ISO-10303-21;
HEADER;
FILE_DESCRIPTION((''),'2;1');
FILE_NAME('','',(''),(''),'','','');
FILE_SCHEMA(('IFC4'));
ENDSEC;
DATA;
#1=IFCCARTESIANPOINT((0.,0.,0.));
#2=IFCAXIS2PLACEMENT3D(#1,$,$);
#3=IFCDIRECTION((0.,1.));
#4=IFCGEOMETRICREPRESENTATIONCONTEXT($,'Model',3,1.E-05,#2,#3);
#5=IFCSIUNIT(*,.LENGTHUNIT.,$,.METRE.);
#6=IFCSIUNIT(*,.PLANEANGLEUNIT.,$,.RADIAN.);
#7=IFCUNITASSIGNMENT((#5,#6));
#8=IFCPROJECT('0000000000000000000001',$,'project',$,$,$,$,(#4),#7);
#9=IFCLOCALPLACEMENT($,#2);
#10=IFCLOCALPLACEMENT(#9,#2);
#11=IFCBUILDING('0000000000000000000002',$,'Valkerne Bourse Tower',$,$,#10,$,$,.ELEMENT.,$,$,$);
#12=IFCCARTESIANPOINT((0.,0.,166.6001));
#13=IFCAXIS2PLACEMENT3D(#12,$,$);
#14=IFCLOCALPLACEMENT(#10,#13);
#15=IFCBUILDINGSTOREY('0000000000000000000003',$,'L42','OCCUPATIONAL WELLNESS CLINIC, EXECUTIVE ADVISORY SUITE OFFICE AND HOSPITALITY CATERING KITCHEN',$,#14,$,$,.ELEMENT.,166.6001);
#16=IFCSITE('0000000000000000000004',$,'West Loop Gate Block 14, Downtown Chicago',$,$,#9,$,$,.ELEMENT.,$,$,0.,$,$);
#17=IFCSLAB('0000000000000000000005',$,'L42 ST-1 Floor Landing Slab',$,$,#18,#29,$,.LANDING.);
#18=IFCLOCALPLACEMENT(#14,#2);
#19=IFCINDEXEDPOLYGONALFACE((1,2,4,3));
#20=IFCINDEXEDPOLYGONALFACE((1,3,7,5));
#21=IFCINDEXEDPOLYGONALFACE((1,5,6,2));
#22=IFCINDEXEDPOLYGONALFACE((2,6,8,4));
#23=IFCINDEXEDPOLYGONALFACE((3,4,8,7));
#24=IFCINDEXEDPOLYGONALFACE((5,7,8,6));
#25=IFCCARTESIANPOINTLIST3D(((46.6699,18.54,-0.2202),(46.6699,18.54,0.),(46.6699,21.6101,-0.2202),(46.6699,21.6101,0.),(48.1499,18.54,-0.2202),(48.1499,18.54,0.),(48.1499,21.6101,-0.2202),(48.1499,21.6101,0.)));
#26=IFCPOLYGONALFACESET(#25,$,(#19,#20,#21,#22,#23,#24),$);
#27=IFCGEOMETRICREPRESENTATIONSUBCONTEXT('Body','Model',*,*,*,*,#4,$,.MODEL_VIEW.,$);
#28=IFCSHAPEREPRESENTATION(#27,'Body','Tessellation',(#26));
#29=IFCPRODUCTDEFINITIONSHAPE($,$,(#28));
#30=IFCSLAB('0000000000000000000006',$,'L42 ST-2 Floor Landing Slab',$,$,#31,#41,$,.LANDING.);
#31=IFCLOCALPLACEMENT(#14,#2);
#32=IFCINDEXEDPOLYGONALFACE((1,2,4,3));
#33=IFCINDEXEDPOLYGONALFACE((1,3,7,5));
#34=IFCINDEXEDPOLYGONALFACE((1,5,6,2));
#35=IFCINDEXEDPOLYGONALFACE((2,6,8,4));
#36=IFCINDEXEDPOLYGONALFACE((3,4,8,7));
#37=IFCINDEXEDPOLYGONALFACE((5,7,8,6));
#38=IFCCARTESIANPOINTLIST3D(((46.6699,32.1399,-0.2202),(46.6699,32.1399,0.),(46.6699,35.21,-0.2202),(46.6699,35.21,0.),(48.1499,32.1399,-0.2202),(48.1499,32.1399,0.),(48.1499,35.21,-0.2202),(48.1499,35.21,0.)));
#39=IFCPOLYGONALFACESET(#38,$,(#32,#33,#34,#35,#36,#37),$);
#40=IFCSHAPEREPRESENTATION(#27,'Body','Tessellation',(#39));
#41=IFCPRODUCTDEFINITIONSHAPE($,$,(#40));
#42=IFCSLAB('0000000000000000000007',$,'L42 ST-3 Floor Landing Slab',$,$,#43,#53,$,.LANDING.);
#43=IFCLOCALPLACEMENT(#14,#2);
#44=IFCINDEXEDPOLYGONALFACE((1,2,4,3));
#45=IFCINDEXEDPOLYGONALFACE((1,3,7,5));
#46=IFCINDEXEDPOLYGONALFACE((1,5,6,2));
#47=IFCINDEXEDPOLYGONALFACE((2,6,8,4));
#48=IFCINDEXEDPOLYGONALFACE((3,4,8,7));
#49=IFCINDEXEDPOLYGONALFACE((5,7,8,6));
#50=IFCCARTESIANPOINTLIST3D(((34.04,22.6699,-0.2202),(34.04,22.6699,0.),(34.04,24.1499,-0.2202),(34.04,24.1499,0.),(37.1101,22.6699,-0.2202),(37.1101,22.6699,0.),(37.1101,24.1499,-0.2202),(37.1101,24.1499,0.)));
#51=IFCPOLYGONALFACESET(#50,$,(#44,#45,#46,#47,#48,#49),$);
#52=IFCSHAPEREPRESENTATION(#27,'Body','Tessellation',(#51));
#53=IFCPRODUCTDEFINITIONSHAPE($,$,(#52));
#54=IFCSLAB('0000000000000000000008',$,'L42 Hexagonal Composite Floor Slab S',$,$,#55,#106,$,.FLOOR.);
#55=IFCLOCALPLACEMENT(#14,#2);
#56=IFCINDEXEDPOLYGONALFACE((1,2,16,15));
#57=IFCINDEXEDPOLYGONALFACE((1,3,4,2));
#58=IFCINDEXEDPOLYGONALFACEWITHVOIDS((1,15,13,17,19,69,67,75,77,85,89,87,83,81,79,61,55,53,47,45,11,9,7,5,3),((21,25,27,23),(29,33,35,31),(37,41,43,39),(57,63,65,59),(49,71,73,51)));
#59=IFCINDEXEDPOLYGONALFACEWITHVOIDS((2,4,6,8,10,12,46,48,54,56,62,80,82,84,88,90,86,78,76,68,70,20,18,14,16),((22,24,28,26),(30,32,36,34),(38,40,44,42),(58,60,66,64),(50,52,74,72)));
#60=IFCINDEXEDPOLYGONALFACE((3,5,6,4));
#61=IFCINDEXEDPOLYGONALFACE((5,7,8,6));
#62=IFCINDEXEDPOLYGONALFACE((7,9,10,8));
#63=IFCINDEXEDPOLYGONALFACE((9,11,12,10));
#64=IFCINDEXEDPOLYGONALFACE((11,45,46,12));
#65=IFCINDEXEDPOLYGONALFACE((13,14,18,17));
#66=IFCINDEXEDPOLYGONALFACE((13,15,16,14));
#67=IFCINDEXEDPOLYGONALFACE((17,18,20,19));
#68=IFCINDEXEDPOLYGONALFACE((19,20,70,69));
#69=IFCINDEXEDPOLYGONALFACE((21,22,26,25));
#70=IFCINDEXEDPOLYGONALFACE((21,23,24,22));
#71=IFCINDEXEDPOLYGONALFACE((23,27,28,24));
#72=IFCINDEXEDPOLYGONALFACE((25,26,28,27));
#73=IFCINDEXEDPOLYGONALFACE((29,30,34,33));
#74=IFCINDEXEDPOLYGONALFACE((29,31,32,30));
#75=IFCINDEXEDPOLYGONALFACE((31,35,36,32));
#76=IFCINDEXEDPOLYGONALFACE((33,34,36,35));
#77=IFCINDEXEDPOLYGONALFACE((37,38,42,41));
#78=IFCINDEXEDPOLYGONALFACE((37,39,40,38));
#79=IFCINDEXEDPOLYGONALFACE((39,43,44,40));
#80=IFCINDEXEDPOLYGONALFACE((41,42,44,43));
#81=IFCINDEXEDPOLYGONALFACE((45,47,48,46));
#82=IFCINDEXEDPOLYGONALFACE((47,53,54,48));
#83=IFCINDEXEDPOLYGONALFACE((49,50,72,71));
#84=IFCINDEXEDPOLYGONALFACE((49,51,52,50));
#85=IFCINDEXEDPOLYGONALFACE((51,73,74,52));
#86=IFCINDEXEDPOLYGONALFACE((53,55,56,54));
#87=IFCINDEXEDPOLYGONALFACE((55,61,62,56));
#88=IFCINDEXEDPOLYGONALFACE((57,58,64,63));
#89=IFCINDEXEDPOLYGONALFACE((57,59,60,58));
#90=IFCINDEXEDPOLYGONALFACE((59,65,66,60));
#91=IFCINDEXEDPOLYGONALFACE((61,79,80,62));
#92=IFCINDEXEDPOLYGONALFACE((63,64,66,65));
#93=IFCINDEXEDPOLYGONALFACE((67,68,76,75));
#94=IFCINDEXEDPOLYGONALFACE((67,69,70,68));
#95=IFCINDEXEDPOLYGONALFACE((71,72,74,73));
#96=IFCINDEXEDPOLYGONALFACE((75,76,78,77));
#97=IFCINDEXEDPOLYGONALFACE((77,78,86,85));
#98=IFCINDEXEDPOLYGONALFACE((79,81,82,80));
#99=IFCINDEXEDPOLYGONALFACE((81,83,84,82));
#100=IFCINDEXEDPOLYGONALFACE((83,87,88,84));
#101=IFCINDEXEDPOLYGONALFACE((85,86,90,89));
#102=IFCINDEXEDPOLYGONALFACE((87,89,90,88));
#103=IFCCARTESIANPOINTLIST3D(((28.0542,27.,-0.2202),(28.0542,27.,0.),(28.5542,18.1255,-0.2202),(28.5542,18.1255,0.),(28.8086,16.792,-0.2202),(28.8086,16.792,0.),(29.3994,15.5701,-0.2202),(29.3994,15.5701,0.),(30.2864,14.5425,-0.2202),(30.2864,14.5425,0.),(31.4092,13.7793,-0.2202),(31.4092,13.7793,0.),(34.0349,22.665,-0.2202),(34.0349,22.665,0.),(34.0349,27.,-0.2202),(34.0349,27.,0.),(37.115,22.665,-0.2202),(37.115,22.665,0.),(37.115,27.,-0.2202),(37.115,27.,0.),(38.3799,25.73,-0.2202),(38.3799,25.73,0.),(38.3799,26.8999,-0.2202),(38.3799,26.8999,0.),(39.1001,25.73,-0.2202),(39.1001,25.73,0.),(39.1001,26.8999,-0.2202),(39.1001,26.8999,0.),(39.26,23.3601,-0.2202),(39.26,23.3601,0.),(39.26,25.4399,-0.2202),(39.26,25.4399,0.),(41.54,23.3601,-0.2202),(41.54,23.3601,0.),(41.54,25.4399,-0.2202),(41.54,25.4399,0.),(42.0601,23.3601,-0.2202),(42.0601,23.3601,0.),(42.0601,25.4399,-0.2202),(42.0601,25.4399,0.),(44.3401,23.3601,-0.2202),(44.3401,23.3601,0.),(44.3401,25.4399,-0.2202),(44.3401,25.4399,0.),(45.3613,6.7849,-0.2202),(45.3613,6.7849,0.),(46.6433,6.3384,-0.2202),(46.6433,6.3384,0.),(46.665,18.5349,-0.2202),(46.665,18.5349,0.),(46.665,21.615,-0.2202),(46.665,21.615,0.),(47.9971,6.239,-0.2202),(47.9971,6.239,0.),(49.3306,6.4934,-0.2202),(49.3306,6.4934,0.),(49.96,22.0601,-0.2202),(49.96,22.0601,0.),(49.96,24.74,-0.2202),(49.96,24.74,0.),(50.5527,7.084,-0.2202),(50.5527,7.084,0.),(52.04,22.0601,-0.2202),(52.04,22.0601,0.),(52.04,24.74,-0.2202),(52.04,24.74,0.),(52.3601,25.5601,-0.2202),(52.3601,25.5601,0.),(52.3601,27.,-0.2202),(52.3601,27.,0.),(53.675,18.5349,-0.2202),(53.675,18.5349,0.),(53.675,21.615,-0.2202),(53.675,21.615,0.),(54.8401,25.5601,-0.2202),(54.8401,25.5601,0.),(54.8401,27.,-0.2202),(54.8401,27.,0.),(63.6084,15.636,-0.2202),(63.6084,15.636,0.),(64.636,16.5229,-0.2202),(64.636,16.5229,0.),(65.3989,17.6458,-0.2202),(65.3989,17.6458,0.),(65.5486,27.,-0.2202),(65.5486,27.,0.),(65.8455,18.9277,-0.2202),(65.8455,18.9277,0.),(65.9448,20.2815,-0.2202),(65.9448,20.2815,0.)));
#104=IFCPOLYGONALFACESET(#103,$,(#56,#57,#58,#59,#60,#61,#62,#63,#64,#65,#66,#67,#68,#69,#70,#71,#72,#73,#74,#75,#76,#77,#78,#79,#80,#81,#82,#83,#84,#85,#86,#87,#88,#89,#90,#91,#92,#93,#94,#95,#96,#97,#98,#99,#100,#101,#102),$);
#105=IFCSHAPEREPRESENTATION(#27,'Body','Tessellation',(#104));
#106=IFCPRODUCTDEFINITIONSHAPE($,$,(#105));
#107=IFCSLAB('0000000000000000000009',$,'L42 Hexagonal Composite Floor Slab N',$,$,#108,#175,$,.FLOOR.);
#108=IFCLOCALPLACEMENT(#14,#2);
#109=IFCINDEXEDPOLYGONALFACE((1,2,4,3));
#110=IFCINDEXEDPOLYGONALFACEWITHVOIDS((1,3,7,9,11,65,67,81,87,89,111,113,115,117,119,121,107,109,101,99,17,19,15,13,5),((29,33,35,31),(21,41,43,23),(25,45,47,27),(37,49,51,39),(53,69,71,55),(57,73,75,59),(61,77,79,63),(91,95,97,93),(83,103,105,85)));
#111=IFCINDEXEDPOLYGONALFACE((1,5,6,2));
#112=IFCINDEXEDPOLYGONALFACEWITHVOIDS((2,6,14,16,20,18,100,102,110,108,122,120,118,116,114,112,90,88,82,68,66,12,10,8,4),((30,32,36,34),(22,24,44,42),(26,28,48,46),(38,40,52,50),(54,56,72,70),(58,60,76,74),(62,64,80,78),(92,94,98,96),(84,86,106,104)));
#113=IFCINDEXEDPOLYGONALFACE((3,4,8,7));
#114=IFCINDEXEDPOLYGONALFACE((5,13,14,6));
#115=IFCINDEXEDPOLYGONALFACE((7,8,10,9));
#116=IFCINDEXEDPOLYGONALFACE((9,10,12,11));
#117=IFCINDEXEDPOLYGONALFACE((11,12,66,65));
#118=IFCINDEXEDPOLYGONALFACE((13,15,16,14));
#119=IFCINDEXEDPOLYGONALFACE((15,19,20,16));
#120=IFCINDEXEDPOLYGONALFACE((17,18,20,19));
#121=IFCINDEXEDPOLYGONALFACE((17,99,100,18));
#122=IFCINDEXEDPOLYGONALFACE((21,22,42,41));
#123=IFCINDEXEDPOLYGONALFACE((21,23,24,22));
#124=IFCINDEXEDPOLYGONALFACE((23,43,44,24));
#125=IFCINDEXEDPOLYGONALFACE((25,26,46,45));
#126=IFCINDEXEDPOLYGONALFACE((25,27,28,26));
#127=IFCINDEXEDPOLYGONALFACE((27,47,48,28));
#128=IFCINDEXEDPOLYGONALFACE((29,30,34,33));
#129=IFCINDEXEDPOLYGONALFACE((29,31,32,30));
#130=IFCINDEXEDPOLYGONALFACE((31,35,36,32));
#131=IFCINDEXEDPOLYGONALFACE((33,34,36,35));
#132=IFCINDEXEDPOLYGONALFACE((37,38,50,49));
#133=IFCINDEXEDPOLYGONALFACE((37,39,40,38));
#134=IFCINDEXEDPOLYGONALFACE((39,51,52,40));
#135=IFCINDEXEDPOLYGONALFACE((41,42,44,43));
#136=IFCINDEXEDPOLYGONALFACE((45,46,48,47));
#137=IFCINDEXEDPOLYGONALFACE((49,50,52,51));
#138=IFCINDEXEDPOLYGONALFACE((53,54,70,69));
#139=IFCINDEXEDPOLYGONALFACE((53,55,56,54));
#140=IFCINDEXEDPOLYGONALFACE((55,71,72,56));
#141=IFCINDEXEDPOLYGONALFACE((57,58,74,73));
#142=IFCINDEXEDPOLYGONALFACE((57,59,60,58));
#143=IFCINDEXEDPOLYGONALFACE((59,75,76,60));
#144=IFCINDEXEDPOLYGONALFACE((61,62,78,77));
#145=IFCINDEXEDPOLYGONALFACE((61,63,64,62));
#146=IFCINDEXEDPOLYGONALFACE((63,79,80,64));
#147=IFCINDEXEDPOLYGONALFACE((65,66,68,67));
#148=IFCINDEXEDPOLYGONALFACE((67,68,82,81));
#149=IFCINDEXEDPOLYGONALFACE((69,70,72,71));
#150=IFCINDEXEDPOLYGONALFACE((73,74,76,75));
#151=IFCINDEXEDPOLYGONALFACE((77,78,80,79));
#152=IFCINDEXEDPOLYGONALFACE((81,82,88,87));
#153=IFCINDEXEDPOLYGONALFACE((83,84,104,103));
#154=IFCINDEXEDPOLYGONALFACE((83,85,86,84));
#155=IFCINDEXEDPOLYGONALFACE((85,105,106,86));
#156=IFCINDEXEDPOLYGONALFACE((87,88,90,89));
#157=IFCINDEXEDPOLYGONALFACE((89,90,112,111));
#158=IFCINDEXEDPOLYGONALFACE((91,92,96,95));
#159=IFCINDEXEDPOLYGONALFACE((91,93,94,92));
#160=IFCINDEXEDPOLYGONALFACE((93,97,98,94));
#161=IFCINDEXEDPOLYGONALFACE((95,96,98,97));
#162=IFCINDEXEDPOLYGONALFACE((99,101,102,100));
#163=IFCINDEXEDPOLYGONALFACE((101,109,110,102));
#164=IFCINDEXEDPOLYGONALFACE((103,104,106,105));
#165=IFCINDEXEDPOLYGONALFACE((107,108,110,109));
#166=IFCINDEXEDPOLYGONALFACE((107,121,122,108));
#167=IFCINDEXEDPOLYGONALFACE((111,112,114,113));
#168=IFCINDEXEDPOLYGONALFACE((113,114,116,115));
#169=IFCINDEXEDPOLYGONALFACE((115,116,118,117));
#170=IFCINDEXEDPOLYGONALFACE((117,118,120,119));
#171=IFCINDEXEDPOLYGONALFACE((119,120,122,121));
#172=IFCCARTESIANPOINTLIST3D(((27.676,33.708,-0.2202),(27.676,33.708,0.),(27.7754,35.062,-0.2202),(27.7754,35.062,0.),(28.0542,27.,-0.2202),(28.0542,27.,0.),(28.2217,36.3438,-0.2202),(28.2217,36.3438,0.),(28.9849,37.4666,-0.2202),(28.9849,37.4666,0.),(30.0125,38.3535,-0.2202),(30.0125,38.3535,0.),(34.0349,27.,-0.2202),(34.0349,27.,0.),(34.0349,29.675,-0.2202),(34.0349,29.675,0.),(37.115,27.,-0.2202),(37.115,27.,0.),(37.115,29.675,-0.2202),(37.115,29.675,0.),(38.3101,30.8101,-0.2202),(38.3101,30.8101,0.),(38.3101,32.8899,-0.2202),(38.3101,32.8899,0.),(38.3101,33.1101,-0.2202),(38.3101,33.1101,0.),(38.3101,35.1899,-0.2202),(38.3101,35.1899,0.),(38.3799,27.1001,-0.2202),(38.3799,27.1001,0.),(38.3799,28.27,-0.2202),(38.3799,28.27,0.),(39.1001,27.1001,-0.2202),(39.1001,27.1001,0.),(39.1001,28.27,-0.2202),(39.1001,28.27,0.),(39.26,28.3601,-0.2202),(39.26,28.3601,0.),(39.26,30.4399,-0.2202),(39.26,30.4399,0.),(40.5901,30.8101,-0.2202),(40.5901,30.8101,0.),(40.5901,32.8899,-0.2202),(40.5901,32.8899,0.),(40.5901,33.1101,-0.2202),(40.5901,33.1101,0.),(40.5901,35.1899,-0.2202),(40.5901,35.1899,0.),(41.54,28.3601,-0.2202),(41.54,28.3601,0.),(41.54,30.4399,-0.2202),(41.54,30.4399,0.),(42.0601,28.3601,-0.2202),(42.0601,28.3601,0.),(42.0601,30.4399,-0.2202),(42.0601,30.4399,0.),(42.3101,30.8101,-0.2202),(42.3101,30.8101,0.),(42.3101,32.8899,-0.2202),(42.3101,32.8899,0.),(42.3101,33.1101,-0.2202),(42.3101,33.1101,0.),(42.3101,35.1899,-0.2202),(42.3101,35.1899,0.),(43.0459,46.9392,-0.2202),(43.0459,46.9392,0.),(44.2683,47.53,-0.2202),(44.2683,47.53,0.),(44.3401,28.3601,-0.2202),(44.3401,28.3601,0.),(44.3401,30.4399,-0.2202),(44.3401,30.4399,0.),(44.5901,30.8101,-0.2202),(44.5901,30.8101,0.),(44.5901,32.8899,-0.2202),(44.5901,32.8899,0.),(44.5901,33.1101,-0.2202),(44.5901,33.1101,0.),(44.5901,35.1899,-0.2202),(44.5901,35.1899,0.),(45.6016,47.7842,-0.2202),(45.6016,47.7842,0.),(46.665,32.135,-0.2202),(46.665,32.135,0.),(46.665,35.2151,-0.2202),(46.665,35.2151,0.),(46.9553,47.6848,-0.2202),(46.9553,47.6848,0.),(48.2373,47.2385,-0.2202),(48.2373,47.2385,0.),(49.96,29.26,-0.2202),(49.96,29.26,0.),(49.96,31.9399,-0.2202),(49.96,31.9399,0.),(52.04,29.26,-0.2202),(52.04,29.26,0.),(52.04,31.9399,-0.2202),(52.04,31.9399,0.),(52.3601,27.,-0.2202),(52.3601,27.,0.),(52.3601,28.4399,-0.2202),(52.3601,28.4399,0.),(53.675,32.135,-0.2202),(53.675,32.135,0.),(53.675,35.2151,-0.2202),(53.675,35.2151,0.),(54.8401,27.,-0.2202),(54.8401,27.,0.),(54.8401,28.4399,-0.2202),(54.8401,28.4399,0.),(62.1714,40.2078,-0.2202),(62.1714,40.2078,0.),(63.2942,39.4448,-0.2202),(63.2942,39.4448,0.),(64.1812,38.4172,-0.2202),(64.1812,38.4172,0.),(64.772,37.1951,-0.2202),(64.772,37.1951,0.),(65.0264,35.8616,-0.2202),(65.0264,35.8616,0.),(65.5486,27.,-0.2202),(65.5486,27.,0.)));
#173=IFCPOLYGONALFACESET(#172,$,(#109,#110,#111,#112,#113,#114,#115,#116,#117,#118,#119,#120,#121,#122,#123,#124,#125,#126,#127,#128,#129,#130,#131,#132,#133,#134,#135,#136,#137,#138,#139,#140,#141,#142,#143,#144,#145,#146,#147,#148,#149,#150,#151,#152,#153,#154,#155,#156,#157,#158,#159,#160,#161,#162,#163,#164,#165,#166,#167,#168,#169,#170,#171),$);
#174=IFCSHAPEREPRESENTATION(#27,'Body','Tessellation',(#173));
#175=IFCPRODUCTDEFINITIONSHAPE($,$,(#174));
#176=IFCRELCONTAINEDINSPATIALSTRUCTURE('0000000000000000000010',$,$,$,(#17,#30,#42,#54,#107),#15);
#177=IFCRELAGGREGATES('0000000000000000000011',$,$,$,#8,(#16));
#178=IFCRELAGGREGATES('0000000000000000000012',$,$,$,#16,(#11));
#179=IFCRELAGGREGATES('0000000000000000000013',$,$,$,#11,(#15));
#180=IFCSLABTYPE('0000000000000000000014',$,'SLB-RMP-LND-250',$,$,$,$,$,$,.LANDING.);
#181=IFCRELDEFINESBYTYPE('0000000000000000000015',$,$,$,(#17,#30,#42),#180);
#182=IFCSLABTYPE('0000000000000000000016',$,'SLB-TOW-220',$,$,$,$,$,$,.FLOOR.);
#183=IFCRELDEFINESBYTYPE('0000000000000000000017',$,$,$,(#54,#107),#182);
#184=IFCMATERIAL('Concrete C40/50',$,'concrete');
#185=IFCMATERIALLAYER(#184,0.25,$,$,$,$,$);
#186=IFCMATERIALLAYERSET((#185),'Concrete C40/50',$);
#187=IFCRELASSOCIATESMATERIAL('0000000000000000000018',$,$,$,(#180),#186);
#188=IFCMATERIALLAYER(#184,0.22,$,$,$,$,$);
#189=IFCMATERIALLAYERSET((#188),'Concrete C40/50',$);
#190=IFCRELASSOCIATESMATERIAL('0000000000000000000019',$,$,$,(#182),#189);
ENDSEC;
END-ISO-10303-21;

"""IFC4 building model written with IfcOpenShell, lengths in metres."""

from ifc_helpers import new_model, si_unit, direction, frame, origin, place, context, subcontext, project, spatial, polyline, outline, extrude, material, layer, layer_set, type_object, element, save


model = new_model("IFC4")

# Units and contexts
model_context = context("Model", 3, precision=1e-05, world=origin(), true_north=direction((0.0, 1.0)))
body_context = subcontext(model_context, "Body", "Model", "MODEL_VIEW")
ifc_project = project(units=[si_unit("LENGTHUNIT", "METRE"), si_unit("PLANEANGLEUNIT", "RADIAN")], contexts=[model_context])

# Site, building, storey
site_placement = place(None, origin())
site = spatial("IfcSite", under=ifc_project, at=site_placement, Name="West Loop Gate Block 14, Downtown Chicago", CompositionType="ELEMENT", RefElevation=0.0)
building_placement = place(site_placement, origin())
building = spatial("IfcBuilding", under=site, at=building_placement, Name="Valkerne Bourse Tower", CompositionType="ELEMENT")
storey_placement = place(building_placement, frame((0.0, 0.0, 166.6001)))
storey = spatial("IfcBuildingStorey", under=building, at=storey_placement, Name="L42", Description="OCCUPATIONAL WELLNESS CLINIC, EXECUTIVE ADVISORY SUITE OFFICE AND HOSPITALITY CATERING KITCHEN", CompositionType="ELEMENT", Elevation=166.6001)

# Slabs
ifc_material_1 = material(Name="Concrete C40/50", Category="concrete")
ifc_layer_1 = layer(ifc_material_1, 0.25)
ifc_layer_set_1 = layer_set([ifc_layer_1], Name="Concrete C40/50")
slab_type_1 = type_object("IfcSlabType", Name="SLB-RMP-LND-250", PredefinedType="LANDING", material=ifc_layer_set_1)
slab_1_placement = place(storey_placement, frame((0.0, 0.0, -0.2202)))
element("IfcSlab", 1, at=slab_1_placement, inside=storey, type_object=slab_type_1, Name="L42 ST-1 Floor Landing Slab", PredefinedType="LANDING", context=body_context, shape_type="SweptSolid", body=[
    extrude(outline(polyline([(46.6699, 18.54), (48.1499, 18.54), (48.1499, 21.6101), (46.6699, 21.6101), (46.6699, 18.54)])), origin(), (0.0, 0.0, 1.0), 0.2202),
])
slab_2_placement = place(storey_placement, frame((0.0, 0.0, -0.2202)))
element("IfcSlab", 2, at=slab_2_placement, inside=storey, type_object=slab_type_1, Name="L42 ST-2 Floor Landing Slab", PredefinedType="LANDING", context=body_context, shape_type="SweptSolid", body=[
    extrude(outline(polyline([(46.6699, 32.1399), (48.1499, 32.1399), (48.1499, 35.21), (46.6699, 35.21), (46.6699, 32.1399)])), origin(), (0.0, 0.0, 1.0), 0.2202),
])
slab_3_placement = place(storey_placement, frame((0.0, 0.0, -0.2202)))
element("IfcSlab", 3, at=slab_3_placement, inside=storey, type_object=slab_type_1, Name="L42 ST-3 Floor Landing Slab", PredefinedType="LANDING", context=body_context, shape_type="SweptSolid", body=[
    extrude(outline(polyline([(37.1101, 22.6699), (37.1101, 24.1499), (34.04, 24.1499), (34.04, 22.6699), (37.1101, 22.6699)])), origin(), (0.0, 0.0, 1.0), 0.2202),
])
ifc_layer_2 = layer(ifc_material_1, 0.22)
ifc_layer_set_2 = layer_set([ifc_layer_2], Name="Concrete C40/50")
slab_type_2 = type_object("IfcSlabType", Name="SLB-TOW-220", PredefinedType="FLOOR", material=ifc_layer_set_2)
slab_4_placement = place(storey_placement, frame((0.0, 0.0, -0.2202)))
element("IfcSlab", 4, at=slab_4_placement, inside=storey, type_object=slab_type_2, Name="L42 Hexagonal Composite Floor Slab S", PredefinedType="FLOOR", context=body_context, shape_type="SweptSolid", body=[
    extrude(outline(polyline([(65.8455, 18.9277), (65.3989, 17.6458), (64.636, 16.5229), (63.6084, 15.636), (50.5527, 7.084), (49.3306, 6.4934), (47.9971, 6.239), (46.6433, 6.3384), (45.3613, 6.7849), (31.4092, 13.7793), (30.2864, 14.5425), (29.3994, 15.5701), (28.8086, 16.792), (28.5542, 18.1255), (28.0542, 27.0), (34.0349, 27.0), (34.0349, 22.665), (37.115, 22.665), (37.115, 27.0), (52.3601, 27.0), (52.3601, 25.5601), (54.8401, 25.5601), (54.8401, 27.0), (65.5486, 27.0), (65.9448, 20.2815), (65.8455, 18.9277)]), holes=[polyline([(41.54, 25.4399), (39.26, 25.4399), (39.26, 23.3601), (41.54, 23.3601), (41.54, 25.4399)]), polyline([(44.3401, 25.4399), (42.0601, 25.4399), (42.0601, 23.3601), (44.3401, 23.3601), (44.3401, 25.4399)]), polyline([(39.1001, 26.8999), (38.3799, 26.8999), (38.3799, 25.73), (39.1001, 25.73), (39.1001, 26.8999)]), polyline([(53.675, 21.615), (46.665, 21.615), (46.665, 18.5349), (53.675, 18.5349), (53.675, 21.615)]), polyline([(52.04, 24.74), (49.96, 24.74), (49.96, 22.0601), (52.04, 22.0601), (52.04, 24.74)])]), origin(), (0.0, 0.0, 1.0), 0.2202),
])
slab_5_placement = place(storey_placement, frame((0.0, 0.0, -0.2202)))
element("IfcSlab", 5, at=slab_5_placement, inside=storey, type_object=slab_type_2, Name="L42 Hexagonal Composite Floor Slab N", PredefinedType="FLOOR", context=body_context, shape_type="SweptSolid", body=[
    extrude(outline(polyline([(27.676, 33.708), (27.7754, 35.062), (28.2217, 36.3438), (28.9849, 37.4666), (30.0125, 38.3535), (43.0459, 46.9392), (44.2683, 47.53), (45.6016, 47.7842), (46.9553, 47.6848), (48.2373, 47.2385), (62.1714, 40.2078), (63.2942, 39.4448), (64.1812, 38.4172), (64.772, 37.1951), (65.0264, 35.8616), (65.5486, 27.0), (54.8401, 27.0), (54.8401, 28.4399), (52.3601, 28.4399), (52.3601, 27.0), (37.115, 27.0), (37.115, 29.675), (34.0349, 29.675), (34.0349, 27.0), (28.0542, 27.0), (27.676, 33.708)]), holes=[polyline([(39.1001, 28.27), (38.3799, 28.27), (38.3799, 27.1001), (39.1001, 27.1001), (39.1001, 28.27)]), polyline([(41.54, 30.4399), (39.26, 30.4399), (39.26, 28.3601), (41.54, 28.3601), (41.54, 30.4399)]), polyline([(40.5901, 32.8899), (38.3101, 32.8899), (38.3101, 30.8101), (40.5901, 30.8101), (40.5901, 32.8899)]), polyline([(40.5901, 35.1899), (38.3101, 35.1899), (38.3101, 33.1101), (40.5901, 33.1101), (40.5901, 35.1899)]), polyline([(44.3401, 30.4399), (42.0601, 30.4399), (42.0601, 28.3601), (44.3401, 28.3601), (44.3401, 30.4399)]), polyline([(52.04, 31.9399), (49.96, 31.9399), (49.96, 29.26), (52.04, 29.26), (52.04, 31.9399)]), polyline([(44.5901, 32.8899), (42.3101, 32.8899), (42.3101, 30.8101), (44.5901, 30.8101), (44.5901, 32.8899)]), polyline([(53.675, 35.2151), (46.665, 35.2151), (46.665, 32.135), (53.675, 32.135), (53.675, 35.2151)]), polyline([(44.5901, 35.1899), (42.3101, 35.1899), (42.3101, 33.1101), (44.5901, 33.1101), (44.5901, 35.1899)])]), origin(), (0.0, 0.0, 1.0), 0.2202),
])

save(model, "model.ifc")
